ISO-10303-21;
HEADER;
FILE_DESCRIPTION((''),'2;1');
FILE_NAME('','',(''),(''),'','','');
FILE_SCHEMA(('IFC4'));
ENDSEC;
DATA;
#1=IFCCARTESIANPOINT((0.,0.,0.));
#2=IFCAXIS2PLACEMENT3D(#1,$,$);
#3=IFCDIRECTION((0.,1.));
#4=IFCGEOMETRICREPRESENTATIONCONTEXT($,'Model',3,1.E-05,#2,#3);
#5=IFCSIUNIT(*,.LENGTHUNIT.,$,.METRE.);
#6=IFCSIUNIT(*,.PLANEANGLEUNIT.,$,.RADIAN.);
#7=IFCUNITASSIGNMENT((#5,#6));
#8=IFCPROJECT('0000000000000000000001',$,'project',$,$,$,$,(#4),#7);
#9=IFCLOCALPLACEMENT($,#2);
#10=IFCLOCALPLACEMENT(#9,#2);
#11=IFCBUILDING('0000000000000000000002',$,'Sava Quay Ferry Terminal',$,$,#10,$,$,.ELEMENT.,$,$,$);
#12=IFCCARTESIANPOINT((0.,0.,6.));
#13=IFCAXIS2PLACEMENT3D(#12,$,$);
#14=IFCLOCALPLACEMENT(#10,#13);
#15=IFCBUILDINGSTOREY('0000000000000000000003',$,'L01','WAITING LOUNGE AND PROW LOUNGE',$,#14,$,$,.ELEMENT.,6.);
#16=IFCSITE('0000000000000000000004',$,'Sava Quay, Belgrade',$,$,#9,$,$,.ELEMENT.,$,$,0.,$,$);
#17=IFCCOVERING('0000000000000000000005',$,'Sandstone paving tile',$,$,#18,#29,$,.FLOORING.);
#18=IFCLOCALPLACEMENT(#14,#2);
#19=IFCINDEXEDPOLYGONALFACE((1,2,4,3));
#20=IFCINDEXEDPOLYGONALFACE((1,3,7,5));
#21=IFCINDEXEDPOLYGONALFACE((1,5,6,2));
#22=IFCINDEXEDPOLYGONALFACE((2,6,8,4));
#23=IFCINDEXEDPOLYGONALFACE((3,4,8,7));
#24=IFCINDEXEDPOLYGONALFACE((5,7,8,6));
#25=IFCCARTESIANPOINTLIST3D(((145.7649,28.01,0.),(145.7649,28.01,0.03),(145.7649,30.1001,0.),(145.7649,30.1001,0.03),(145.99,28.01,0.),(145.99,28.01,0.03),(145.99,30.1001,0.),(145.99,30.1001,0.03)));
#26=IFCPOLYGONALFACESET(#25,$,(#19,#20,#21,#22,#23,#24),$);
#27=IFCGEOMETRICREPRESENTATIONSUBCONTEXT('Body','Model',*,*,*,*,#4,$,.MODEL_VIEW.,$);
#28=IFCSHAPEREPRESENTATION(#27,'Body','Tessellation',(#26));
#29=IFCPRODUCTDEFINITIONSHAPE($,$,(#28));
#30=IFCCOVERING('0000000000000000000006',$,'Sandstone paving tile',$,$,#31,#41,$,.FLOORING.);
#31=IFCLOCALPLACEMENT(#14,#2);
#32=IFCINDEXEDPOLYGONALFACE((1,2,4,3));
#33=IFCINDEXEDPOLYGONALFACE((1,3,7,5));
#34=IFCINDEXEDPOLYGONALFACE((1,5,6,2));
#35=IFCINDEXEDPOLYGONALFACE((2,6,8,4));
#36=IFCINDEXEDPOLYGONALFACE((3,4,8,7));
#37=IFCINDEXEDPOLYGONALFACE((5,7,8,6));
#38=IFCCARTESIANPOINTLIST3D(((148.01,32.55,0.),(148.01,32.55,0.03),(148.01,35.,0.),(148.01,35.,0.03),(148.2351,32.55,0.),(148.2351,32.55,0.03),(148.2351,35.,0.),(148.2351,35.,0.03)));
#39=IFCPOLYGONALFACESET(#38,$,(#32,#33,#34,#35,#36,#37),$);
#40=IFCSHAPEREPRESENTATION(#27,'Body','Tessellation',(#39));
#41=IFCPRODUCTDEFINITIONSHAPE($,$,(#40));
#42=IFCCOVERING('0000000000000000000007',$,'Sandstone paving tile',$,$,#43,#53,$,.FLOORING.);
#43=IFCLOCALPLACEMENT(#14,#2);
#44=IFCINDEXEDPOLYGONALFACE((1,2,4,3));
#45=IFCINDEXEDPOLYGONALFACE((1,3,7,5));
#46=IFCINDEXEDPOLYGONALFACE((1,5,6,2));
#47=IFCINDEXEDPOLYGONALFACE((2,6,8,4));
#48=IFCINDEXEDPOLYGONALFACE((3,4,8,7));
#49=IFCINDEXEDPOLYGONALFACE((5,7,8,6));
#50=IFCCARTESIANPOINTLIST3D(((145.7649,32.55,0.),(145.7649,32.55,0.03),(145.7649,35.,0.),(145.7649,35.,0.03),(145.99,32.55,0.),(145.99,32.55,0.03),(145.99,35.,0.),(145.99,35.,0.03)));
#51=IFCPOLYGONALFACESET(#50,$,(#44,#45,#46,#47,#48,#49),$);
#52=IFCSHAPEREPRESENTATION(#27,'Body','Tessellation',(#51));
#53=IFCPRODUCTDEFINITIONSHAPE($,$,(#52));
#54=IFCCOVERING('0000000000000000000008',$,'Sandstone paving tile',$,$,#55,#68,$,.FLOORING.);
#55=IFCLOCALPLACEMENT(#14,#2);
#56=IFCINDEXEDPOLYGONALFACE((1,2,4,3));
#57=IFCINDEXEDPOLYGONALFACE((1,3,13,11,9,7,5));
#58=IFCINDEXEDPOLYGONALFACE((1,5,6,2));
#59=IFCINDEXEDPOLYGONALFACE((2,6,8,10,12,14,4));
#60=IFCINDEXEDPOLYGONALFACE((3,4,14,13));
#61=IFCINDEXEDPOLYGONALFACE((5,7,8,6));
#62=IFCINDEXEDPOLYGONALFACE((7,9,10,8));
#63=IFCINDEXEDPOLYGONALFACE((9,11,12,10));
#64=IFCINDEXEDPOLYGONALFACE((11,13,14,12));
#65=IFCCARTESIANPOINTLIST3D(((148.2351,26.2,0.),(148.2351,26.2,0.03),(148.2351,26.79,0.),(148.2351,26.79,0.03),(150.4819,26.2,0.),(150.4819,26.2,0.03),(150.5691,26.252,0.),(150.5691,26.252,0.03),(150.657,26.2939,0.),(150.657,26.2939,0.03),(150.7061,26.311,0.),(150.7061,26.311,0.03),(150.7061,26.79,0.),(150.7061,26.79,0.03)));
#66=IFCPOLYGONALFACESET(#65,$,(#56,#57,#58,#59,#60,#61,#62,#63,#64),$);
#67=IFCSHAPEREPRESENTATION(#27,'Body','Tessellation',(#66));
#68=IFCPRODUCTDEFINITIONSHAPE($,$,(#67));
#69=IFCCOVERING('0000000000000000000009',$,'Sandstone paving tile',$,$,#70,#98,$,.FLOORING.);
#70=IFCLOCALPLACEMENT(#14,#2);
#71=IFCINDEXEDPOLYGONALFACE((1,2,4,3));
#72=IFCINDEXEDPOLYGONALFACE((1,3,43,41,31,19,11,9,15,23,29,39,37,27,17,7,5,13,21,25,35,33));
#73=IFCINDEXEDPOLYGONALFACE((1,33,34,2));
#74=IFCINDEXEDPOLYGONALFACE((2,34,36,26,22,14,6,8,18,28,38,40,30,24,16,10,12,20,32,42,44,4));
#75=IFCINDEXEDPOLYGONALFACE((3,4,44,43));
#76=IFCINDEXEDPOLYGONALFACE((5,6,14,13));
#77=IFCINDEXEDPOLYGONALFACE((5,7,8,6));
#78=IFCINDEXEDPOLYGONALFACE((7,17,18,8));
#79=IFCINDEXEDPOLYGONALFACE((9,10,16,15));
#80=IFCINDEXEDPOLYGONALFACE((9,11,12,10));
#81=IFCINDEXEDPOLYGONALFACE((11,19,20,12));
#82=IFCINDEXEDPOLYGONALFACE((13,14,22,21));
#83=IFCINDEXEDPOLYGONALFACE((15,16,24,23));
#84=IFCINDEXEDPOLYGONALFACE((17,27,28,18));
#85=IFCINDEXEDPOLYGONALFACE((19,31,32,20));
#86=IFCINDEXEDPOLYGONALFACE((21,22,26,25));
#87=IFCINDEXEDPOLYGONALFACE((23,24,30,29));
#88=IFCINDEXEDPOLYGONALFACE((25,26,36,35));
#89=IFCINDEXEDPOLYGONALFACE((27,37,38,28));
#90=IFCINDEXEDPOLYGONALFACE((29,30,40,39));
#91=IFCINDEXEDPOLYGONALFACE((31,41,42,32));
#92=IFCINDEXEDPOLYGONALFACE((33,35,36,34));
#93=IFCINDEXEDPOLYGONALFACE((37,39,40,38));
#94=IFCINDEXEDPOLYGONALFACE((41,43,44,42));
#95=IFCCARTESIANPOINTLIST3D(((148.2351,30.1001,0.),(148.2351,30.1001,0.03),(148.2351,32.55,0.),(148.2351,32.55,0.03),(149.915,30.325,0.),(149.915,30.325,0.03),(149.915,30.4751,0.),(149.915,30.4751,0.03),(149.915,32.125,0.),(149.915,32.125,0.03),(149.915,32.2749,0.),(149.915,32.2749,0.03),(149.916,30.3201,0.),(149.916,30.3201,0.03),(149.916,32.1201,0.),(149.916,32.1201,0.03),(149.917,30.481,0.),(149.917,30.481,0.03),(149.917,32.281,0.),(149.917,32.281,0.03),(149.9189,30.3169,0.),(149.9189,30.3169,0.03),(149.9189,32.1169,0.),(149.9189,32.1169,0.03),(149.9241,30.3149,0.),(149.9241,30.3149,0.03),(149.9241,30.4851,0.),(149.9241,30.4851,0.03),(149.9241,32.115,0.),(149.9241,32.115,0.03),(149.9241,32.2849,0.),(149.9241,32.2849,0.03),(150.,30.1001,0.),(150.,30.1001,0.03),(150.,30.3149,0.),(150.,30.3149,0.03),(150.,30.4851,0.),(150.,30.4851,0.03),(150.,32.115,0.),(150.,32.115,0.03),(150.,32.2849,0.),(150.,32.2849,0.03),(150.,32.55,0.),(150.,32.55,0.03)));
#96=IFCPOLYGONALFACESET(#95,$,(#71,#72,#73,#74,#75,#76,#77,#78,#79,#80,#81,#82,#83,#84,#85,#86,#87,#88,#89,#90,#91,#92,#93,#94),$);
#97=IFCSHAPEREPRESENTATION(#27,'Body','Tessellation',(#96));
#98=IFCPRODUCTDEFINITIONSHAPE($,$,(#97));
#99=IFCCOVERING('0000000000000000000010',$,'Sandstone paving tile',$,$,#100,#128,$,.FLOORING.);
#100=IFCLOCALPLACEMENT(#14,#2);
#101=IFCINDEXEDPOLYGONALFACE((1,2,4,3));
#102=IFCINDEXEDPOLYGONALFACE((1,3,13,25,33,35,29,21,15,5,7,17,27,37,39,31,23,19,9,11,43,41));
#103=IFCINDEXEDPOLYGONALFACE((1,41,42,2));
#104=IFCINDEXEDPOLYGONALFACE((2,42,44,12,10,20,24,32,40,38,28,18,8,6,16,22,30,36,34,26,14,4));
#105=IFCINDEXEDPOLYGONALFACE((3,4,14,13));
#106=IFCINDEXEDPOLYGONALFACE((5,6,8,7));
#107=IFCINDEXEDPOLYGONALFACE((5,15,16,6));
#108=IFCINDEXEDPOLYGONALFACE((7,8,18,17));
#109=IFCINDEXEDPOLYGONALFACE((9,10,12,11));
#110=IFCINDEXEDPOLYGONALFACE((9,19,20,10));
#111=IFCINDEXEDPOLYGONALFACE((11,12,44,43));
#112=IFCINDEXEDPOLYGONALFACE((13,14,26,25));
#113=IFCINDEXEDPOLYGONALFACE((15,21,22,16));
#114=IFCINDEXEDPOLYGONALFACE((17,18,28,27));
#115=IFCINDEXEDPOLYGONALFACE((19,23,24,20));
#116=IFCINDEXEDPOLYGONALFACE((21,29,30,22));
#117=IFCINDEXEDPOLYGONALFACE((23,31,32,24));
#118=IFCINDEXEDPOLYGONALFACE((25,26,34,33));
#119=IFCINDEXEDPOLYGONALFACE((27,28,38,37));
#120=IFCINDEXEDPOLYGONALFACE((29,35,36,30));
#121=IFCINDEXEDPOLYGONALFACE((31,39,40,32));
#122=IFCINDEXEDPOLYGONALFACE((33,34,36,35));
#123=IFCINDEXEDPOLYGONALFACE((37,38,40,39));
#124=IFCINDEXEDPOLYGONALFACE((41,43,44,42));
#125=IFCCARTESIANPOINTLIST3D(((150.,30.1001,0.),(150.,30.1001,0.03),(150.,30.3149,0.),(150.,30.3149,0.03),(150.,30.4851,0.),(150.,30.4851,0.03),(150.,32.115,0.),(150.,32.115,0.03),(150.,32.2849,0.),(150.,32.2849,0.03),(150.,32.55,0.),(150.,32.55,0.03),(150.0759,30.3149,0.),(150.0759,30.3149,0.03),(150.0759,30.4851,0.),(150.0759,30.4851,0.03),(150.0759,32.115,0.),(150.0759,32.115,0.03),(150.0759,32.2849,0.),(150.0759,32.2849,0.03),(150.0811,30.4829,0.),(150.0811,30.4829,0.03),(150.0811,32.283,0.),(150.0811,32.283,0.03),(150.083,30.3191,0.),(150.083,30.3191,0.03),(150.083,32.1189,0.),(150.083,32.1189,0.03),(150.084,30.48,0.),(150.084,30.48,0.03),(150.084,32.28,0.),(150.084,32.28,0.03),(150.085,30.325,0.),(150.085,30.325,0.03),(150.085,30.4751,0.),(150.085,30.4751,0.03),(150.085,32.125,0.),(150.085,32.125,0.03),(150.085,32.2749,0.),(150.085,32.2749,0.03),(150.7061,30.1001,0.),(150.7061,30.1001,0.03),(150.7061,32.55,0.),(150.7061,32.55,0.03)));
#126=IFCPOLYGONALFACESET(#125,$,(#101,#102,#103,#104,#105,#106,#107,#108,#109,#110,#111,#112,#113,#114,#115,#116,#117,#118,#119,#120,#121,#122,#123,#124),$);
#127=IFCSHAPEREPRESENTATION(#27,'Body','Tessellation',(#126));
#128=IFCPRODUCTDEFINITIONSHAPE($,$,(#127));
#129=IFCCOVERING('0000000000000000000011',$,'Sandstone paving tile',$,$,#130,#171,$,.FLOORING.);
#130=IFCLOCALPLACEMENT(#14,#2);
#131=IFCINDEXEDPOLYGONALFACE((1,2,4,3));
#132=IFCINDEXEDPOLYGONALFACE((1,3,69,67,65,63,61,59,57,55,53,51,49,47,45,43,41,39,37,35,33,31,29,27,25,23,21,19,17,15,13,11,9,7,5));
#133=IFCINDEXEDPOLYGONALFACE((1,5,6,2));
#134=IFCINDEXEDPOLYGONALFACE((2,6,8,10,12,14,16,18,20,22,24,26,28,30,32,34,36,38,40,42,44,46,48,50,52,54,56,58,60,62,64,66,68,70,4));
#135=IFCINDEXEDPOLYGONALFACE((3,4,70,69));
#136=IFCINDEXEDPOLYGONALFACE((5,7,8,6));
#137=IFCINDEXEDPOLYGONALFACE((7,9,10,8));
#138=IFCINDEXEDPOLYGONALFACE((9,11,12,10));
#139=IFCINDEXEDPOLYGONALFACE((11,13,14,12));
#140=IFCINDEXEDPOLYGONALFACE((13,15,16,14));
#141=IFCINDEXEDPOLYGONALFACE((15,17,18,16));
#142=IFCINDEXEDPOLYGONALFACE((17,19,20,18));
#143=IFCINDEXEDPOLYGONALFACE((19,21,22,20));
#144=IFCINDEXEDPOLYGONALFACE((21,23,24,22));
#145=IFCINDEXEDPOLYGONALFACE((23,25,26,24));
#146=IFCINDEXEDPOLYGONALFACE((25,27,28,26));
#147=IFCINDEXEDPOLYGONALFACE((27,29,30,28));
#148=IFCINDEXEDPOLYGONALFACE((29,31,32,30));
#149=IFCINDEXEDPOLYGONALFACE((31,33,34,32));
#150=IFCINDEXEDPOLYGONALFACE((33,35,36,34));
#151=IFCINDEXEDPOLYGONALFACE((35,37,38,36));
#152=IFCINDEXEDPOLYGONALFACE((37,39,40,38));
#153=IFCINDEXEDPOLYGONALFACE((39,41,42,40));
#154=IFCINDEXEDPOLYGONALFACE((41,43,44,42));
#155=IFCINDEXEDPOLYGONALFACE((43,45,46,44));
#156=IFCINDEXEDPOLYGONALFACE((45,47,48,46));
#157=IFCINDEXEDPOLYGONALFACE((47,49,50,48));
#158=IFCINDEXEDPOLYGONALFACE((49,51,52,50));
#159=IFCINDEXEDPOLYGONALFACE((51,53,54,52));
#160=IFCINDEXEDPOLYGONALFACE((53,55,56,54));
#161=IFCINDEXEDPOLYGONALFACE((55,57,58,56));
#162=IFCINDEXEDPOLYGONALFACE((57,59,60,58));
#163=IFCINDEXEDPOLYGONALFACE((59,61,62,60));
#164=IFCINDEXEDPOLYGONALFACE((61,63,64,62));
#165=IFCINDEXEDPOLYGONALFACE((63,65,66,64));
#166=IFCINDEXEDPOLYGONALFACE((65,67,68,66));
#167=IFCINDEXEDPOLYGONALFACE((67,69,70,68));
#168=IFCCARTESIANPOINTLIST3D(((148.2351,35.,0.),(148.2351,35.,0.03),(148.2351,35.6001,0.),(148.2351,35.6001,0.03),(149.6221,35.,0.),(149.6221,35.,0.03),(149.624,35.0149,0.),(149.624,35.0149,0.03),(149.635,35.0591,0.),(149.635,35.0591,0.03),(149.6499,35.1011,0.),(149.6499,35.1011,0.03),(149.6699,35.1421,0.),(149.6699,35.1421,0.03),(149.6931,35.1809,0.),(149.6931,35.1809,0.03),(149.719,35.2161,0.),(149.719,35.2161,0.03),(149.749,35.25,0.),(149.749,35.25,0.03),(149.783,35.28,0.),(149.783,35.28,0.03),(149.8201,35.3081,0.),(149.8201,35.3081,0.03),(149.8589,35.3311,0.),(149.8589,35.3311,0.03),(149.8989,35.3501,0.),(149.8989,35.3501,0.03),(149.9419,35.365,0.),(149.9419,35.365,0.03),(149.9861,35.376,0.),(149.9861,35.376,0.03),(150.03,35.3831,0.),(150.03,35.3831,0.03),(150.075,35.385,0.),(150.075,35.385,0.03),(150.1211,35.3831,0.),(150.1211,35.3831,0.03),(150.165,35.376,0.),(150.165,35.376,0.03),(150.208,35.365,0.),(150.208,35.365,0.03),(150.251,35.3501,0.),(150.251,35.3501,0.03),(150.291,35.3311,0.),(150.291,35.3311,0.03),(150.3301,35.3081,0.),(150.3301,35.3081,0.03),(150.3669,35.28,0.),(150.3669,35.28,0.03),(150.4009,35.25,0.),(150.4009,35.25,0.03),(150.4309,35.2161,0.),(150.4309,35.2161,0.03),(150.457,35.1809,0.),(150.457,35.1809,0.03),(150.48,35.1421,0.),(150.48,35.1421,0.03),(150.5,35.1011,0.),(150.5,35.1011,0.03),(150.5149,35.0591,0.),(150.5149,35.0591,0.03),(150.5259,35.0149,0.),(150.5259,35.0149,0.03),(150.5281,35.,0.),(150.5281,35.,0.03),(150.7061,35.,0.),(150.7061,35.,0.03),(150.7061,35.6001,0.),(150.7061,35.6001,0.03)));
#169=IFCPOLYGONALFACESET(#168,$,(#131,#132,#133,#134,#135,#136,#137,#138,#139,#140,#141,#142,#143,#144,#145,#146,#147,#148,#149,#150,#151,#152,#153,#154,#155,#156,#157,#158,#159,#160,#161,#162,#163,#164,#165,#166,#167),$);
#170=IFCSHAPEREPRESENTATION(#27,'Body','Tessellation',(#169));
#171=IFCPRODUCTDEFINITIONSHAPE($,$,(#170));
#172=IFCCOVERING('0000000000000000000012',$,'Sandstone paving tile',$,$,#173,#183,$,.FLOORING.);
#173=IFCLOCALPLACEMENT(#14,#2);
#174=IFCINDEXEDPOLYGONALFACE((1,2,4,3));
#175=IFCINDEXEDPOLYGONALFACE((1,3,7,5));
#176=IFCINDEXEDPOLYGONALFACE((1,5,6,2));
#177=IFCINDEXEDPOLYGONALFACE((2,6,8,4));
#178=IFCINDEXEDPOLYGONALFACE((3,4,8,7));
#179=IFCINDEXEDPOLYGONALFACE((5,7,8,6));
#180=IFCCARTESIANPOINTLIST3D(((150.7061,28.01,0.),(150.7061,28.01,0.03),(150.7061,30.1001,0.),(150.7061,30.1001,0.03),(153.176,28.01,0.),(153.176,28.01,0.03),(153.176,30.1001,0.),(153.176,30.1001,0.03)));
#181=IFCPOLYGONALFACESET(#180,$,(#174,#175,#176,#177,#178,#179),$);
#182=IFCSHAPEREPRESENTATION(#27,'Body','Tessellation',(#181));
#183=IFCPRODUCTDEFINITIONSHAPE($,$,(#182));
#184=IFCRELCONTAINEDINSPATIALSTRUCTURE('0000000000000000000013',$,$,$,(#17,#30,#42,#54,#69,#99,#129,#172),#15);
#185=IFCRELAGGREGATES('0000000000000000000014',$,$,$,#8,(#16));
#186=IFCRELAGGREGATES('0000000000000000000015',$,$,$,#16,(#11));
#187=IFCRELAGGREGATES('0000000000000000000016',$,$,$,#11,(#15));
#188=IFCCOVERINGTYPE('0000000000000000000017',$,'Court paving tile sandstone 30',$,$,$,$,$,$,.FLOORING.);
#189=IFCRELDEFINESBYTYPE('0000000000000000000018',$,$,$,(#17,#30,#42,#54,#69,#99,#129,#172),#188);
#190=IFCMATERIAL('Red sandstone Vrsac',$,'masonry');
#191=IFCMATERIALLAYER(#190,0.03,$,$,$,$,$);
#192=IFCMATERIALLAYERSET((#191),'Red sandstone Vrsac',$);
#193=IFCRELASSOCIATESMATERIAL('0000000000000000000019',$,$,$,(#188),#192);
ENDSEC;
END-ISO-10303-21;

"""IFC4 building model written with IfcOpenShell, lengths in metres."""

from ifc_helpers import new_model, si_unit, direction, frame, origin, place, context, subcontext, project, spatial, polyline, outline, extrude, material, layer, layer_set, type_object, element, save


model = new_model("IFC4")

# Units and contexts
model_context = context("Model", 3, precision=1e-05, world=origin(), true_north=direction((0.0, 1.0)))
body_context = subcontext(model_context, "Body", "Model", "MODEL_VIEW")
ifc_project = project(units=[si_unit("LENGTHUNIT", "METRE"), si_unit("PLANEANGLEUNIT", "RADIAN")], contexts=[model_context])

# Site, building, storey
site_placement = place(None, origin())
site = spatial("IfcSite", under=ifc_project, at=site_placement, Name="Sava Quay, Belgrade", CompositionType="ELEMENT", RefElevation=0.0)
building_placement = place(site_placement, origin())
building = spatial("IfcBuilding", under=site, at=building_placement, Name="Sava Quay Ferry Terminal", CompositionType="ELEMENT")
storey_placement = place(building_placement, frame((0.0, 0.0, 6.0)))
storey = spatial("IfcBuildingStorey", under=building, at=storey_placement, Name="L01", Description="WAITING LOUNGE AND PROW LOUNGE", CompositionType="ELEMENT", Elevation=6.0)

# Coverings
ifc_material_1 = material(Name="Red sandstone Vrsac", Category="masonry")
ifc_layer_1 = layer(ifc_material_1, 0.03)
ifc_layer_set_1 = layer_set([ifc_layer_1], Name="Red sandstone Vrsac")
covering_type_1 = type_object("IfcCoveringType", Name="Court paving tile sandstone 30", PredefinedType="FLOORING", material=ifc_layer_set_1)
covering_1_placement = place(storey_placement, origin())
element("IfcCovering", 1, at=covering_1_placement, inside=storey, type_object=covering_type_1, Name="Sandstone paving tile", PredefinedType="FLOORING", context=body_context, shape_type="SweptSolid", body=[
    extrude(outline(polyline([(145.7649, 30.1001), (145.7649, 28.01), (145.99, 28.01), (145.99, 30.1001), (145.7649, 30.1001)])), origin(), (0.0, 0.0, 1.0), 0.03),
])
covering_2_placement = place(storey_placement, origin())
element("IfcCovering", 2, at=covering_2_placement, inside=storey, type_object=covering_type_1, Name="Sandstone paving tile", PredefinedType="FLOORING", context=body_context, shape_type="SweptSolid", body=[
    extrude(outline(polyline([(148.2351, 35.0), (148.01, 35.0), (148.01, 32.55), (148.2351, 32.55), (148.2351, 35.0)])), origin(), (0.0, 0.0, 1.0), 0.03),
])
covering_3_placement = place(storey_placement, origin())
element("IfcCovering", 3, at=covering_3_placement, inside=storey, type_object=covering_type_1, Name="Sandstone paving tile", PredefinedType="FLOORING", context=body_context, shape_type="SweptSolid", body=[
    extrude(outline(polyline([(145.7649, 32.55), (145.99, 32.55), (145.99, 35.0), (145.7649, 35.0), (145.7649, 32.55)])), origin(), (0.0, 0.0, 1.0), 0.03),
])
covering_4_placement = place(storey_placement, origin())
element("IfcCovering", 4, at=covering_4_placement, inside=storey, type_object=covering_type_1, Name="Sandstone paving tile", PredefinedType="FLOORING", context=body_context, shape_type="SweptSolid", body=[
    extrude(outline(polyline([(150.7061, 26.311), (150.7061, 26.79), (148.2351, 26.79), (148.2351, 26.2), (150.4819, 26.2), (150.5691, 26.252), (150.657, 26.2939), (150.7061, 26.311)])), origin(), (0.0, 0.0, 1.0), 0.03),
])
covering_5_placement = place(storey_placement, origin())
element("IfcCovering", 5, at=covering_5_placement, inside=storey, type_object=covering_type_1, Name="Sandstone paving tile", PredefinedType="FLOORING", context=body_context, shape_type="SweptSolid", body=[
    extrude(outline(polyline([(148.2351, 32.55), (148.2351, 30.1001), (150.0, 30.1001), (150.0, 30.3149), (149.9241, 30.3149), (149.9189, 30.3169), (149.916, 30.3201), (149.915, 30.325), (149.915, 30.4751), (149.917, 30.481), (149.9241, 30.4851), (150.0, 30.4851), (150.0, 32.115), (149.9241, 32.115), (149.9189, 32.1169), (149.916, 32.1201), (149.915, 32.125), (149.915, 32.2749), (149.917, 32.281), (149.9241, 32.2849), (150.0, 32.2849), (150.0, 32.55), (148.2351, 32.55)])), origin(), (0.0, 0.0, 1.0), 0.03),
])
covering_6_placement = place(storey_placement, origin())
element("IfcCovering", 6, at=covering_6_placement, inside=storey, type_object=covering_type_1, Name="Sandstone paving tile", PredefinedType="FLOORING", context=body_context, shape_type="SweptSolid", body=[
    extrude(outline(polyline([(150.7061, 32.55), (150.0, 32.55), (150.0, 32.2849), (150.0759, 32.2849), (150.0811, 32.283), (150.084, 32.28), (150.085, 32.2749), (150.085, 32.125), (150.083, 32.1189), (150.0759, 32.115), (150.0, 32.115), (150.0, 30.4851), (150.0759, 30.4851), (150.0811, 30.4829), (150.084, 30.48), (150.085, 30.4751), (150.085, 30.325), (150.083, 30.3191), (150.0759, 30.3149), (150.0, 30.3149), (150.0, 30.1001), (150.7061, 30.1001), (150.7061, 32.55)])), origin(), (0.0, 0.0, 1.0), 0.03),
])
covering_7_placement = place(storey_placement, origin())
element("IfcCovering", 7, at=covering_7_placement, inside=storey, type_object=covering_type_1, Name="Sandstone paving tile", PredefinedType="FLOORING", context=body_context, shape_type="SweptSolid", body=[
    extrude(outline(polyline([(150.7061, 35.0), (150.7061, 35.6001), (148.2351, 35.6001), (148.2351, 35.0), (149.6221, 35.0), (149.624, 35.0149), (149.635, 35.0591), (149.6499, 35.1011), (149.6699, 35.1421), (149.6931, 35.1809), (149.719, 35.2161), (149.749, 35.25), (149.783, 35.28), (149.8201, 35.3081), (149.8589, 35.3311), (149.8989, 35.3501), (149.9419, 35.365), (149.9861, 35.376), (150.03, 35.3831), (150.075, 35.385), (150.1211, 35.3831), (150.165, 35.376), (150.208, 35.365), (150.251, 35.3501), (150.291, 35.3311), (150.3301, 35.3081), (150.3669, 35.28), (150.4009, 35.25), (150.4309, 35.2161), (150.457, 35.1809), (150.48, 35.1421), (150.5, 35.1011), (150.5149, 35.0591), (150.5259, 35.0149), (150.5281, 35.0), (150.7061, 35.0)])), origin(), (0.0, 0.0, 1.0), 0.03),
])
covering_8_placement = place(storey_placement, origin())
element("IfcCovering", 8, at=covering_8_placement, inside=storey, type_object=covering_type_1, Name="Sandstone paving tile", PredefinedType="FLOORING", context=body_context, shape_type="SweptSolid", body=[
    extrude(outline(polyline([(150.7061, 30.1001), (150.7061, 28.01), (153.176, 28.01), (153.176, 30.1001), (150.7061, 30.1001)])), origin(), (0.0, 0.0, 1.0), 0.03),
])

save(model, "model.ifc")
